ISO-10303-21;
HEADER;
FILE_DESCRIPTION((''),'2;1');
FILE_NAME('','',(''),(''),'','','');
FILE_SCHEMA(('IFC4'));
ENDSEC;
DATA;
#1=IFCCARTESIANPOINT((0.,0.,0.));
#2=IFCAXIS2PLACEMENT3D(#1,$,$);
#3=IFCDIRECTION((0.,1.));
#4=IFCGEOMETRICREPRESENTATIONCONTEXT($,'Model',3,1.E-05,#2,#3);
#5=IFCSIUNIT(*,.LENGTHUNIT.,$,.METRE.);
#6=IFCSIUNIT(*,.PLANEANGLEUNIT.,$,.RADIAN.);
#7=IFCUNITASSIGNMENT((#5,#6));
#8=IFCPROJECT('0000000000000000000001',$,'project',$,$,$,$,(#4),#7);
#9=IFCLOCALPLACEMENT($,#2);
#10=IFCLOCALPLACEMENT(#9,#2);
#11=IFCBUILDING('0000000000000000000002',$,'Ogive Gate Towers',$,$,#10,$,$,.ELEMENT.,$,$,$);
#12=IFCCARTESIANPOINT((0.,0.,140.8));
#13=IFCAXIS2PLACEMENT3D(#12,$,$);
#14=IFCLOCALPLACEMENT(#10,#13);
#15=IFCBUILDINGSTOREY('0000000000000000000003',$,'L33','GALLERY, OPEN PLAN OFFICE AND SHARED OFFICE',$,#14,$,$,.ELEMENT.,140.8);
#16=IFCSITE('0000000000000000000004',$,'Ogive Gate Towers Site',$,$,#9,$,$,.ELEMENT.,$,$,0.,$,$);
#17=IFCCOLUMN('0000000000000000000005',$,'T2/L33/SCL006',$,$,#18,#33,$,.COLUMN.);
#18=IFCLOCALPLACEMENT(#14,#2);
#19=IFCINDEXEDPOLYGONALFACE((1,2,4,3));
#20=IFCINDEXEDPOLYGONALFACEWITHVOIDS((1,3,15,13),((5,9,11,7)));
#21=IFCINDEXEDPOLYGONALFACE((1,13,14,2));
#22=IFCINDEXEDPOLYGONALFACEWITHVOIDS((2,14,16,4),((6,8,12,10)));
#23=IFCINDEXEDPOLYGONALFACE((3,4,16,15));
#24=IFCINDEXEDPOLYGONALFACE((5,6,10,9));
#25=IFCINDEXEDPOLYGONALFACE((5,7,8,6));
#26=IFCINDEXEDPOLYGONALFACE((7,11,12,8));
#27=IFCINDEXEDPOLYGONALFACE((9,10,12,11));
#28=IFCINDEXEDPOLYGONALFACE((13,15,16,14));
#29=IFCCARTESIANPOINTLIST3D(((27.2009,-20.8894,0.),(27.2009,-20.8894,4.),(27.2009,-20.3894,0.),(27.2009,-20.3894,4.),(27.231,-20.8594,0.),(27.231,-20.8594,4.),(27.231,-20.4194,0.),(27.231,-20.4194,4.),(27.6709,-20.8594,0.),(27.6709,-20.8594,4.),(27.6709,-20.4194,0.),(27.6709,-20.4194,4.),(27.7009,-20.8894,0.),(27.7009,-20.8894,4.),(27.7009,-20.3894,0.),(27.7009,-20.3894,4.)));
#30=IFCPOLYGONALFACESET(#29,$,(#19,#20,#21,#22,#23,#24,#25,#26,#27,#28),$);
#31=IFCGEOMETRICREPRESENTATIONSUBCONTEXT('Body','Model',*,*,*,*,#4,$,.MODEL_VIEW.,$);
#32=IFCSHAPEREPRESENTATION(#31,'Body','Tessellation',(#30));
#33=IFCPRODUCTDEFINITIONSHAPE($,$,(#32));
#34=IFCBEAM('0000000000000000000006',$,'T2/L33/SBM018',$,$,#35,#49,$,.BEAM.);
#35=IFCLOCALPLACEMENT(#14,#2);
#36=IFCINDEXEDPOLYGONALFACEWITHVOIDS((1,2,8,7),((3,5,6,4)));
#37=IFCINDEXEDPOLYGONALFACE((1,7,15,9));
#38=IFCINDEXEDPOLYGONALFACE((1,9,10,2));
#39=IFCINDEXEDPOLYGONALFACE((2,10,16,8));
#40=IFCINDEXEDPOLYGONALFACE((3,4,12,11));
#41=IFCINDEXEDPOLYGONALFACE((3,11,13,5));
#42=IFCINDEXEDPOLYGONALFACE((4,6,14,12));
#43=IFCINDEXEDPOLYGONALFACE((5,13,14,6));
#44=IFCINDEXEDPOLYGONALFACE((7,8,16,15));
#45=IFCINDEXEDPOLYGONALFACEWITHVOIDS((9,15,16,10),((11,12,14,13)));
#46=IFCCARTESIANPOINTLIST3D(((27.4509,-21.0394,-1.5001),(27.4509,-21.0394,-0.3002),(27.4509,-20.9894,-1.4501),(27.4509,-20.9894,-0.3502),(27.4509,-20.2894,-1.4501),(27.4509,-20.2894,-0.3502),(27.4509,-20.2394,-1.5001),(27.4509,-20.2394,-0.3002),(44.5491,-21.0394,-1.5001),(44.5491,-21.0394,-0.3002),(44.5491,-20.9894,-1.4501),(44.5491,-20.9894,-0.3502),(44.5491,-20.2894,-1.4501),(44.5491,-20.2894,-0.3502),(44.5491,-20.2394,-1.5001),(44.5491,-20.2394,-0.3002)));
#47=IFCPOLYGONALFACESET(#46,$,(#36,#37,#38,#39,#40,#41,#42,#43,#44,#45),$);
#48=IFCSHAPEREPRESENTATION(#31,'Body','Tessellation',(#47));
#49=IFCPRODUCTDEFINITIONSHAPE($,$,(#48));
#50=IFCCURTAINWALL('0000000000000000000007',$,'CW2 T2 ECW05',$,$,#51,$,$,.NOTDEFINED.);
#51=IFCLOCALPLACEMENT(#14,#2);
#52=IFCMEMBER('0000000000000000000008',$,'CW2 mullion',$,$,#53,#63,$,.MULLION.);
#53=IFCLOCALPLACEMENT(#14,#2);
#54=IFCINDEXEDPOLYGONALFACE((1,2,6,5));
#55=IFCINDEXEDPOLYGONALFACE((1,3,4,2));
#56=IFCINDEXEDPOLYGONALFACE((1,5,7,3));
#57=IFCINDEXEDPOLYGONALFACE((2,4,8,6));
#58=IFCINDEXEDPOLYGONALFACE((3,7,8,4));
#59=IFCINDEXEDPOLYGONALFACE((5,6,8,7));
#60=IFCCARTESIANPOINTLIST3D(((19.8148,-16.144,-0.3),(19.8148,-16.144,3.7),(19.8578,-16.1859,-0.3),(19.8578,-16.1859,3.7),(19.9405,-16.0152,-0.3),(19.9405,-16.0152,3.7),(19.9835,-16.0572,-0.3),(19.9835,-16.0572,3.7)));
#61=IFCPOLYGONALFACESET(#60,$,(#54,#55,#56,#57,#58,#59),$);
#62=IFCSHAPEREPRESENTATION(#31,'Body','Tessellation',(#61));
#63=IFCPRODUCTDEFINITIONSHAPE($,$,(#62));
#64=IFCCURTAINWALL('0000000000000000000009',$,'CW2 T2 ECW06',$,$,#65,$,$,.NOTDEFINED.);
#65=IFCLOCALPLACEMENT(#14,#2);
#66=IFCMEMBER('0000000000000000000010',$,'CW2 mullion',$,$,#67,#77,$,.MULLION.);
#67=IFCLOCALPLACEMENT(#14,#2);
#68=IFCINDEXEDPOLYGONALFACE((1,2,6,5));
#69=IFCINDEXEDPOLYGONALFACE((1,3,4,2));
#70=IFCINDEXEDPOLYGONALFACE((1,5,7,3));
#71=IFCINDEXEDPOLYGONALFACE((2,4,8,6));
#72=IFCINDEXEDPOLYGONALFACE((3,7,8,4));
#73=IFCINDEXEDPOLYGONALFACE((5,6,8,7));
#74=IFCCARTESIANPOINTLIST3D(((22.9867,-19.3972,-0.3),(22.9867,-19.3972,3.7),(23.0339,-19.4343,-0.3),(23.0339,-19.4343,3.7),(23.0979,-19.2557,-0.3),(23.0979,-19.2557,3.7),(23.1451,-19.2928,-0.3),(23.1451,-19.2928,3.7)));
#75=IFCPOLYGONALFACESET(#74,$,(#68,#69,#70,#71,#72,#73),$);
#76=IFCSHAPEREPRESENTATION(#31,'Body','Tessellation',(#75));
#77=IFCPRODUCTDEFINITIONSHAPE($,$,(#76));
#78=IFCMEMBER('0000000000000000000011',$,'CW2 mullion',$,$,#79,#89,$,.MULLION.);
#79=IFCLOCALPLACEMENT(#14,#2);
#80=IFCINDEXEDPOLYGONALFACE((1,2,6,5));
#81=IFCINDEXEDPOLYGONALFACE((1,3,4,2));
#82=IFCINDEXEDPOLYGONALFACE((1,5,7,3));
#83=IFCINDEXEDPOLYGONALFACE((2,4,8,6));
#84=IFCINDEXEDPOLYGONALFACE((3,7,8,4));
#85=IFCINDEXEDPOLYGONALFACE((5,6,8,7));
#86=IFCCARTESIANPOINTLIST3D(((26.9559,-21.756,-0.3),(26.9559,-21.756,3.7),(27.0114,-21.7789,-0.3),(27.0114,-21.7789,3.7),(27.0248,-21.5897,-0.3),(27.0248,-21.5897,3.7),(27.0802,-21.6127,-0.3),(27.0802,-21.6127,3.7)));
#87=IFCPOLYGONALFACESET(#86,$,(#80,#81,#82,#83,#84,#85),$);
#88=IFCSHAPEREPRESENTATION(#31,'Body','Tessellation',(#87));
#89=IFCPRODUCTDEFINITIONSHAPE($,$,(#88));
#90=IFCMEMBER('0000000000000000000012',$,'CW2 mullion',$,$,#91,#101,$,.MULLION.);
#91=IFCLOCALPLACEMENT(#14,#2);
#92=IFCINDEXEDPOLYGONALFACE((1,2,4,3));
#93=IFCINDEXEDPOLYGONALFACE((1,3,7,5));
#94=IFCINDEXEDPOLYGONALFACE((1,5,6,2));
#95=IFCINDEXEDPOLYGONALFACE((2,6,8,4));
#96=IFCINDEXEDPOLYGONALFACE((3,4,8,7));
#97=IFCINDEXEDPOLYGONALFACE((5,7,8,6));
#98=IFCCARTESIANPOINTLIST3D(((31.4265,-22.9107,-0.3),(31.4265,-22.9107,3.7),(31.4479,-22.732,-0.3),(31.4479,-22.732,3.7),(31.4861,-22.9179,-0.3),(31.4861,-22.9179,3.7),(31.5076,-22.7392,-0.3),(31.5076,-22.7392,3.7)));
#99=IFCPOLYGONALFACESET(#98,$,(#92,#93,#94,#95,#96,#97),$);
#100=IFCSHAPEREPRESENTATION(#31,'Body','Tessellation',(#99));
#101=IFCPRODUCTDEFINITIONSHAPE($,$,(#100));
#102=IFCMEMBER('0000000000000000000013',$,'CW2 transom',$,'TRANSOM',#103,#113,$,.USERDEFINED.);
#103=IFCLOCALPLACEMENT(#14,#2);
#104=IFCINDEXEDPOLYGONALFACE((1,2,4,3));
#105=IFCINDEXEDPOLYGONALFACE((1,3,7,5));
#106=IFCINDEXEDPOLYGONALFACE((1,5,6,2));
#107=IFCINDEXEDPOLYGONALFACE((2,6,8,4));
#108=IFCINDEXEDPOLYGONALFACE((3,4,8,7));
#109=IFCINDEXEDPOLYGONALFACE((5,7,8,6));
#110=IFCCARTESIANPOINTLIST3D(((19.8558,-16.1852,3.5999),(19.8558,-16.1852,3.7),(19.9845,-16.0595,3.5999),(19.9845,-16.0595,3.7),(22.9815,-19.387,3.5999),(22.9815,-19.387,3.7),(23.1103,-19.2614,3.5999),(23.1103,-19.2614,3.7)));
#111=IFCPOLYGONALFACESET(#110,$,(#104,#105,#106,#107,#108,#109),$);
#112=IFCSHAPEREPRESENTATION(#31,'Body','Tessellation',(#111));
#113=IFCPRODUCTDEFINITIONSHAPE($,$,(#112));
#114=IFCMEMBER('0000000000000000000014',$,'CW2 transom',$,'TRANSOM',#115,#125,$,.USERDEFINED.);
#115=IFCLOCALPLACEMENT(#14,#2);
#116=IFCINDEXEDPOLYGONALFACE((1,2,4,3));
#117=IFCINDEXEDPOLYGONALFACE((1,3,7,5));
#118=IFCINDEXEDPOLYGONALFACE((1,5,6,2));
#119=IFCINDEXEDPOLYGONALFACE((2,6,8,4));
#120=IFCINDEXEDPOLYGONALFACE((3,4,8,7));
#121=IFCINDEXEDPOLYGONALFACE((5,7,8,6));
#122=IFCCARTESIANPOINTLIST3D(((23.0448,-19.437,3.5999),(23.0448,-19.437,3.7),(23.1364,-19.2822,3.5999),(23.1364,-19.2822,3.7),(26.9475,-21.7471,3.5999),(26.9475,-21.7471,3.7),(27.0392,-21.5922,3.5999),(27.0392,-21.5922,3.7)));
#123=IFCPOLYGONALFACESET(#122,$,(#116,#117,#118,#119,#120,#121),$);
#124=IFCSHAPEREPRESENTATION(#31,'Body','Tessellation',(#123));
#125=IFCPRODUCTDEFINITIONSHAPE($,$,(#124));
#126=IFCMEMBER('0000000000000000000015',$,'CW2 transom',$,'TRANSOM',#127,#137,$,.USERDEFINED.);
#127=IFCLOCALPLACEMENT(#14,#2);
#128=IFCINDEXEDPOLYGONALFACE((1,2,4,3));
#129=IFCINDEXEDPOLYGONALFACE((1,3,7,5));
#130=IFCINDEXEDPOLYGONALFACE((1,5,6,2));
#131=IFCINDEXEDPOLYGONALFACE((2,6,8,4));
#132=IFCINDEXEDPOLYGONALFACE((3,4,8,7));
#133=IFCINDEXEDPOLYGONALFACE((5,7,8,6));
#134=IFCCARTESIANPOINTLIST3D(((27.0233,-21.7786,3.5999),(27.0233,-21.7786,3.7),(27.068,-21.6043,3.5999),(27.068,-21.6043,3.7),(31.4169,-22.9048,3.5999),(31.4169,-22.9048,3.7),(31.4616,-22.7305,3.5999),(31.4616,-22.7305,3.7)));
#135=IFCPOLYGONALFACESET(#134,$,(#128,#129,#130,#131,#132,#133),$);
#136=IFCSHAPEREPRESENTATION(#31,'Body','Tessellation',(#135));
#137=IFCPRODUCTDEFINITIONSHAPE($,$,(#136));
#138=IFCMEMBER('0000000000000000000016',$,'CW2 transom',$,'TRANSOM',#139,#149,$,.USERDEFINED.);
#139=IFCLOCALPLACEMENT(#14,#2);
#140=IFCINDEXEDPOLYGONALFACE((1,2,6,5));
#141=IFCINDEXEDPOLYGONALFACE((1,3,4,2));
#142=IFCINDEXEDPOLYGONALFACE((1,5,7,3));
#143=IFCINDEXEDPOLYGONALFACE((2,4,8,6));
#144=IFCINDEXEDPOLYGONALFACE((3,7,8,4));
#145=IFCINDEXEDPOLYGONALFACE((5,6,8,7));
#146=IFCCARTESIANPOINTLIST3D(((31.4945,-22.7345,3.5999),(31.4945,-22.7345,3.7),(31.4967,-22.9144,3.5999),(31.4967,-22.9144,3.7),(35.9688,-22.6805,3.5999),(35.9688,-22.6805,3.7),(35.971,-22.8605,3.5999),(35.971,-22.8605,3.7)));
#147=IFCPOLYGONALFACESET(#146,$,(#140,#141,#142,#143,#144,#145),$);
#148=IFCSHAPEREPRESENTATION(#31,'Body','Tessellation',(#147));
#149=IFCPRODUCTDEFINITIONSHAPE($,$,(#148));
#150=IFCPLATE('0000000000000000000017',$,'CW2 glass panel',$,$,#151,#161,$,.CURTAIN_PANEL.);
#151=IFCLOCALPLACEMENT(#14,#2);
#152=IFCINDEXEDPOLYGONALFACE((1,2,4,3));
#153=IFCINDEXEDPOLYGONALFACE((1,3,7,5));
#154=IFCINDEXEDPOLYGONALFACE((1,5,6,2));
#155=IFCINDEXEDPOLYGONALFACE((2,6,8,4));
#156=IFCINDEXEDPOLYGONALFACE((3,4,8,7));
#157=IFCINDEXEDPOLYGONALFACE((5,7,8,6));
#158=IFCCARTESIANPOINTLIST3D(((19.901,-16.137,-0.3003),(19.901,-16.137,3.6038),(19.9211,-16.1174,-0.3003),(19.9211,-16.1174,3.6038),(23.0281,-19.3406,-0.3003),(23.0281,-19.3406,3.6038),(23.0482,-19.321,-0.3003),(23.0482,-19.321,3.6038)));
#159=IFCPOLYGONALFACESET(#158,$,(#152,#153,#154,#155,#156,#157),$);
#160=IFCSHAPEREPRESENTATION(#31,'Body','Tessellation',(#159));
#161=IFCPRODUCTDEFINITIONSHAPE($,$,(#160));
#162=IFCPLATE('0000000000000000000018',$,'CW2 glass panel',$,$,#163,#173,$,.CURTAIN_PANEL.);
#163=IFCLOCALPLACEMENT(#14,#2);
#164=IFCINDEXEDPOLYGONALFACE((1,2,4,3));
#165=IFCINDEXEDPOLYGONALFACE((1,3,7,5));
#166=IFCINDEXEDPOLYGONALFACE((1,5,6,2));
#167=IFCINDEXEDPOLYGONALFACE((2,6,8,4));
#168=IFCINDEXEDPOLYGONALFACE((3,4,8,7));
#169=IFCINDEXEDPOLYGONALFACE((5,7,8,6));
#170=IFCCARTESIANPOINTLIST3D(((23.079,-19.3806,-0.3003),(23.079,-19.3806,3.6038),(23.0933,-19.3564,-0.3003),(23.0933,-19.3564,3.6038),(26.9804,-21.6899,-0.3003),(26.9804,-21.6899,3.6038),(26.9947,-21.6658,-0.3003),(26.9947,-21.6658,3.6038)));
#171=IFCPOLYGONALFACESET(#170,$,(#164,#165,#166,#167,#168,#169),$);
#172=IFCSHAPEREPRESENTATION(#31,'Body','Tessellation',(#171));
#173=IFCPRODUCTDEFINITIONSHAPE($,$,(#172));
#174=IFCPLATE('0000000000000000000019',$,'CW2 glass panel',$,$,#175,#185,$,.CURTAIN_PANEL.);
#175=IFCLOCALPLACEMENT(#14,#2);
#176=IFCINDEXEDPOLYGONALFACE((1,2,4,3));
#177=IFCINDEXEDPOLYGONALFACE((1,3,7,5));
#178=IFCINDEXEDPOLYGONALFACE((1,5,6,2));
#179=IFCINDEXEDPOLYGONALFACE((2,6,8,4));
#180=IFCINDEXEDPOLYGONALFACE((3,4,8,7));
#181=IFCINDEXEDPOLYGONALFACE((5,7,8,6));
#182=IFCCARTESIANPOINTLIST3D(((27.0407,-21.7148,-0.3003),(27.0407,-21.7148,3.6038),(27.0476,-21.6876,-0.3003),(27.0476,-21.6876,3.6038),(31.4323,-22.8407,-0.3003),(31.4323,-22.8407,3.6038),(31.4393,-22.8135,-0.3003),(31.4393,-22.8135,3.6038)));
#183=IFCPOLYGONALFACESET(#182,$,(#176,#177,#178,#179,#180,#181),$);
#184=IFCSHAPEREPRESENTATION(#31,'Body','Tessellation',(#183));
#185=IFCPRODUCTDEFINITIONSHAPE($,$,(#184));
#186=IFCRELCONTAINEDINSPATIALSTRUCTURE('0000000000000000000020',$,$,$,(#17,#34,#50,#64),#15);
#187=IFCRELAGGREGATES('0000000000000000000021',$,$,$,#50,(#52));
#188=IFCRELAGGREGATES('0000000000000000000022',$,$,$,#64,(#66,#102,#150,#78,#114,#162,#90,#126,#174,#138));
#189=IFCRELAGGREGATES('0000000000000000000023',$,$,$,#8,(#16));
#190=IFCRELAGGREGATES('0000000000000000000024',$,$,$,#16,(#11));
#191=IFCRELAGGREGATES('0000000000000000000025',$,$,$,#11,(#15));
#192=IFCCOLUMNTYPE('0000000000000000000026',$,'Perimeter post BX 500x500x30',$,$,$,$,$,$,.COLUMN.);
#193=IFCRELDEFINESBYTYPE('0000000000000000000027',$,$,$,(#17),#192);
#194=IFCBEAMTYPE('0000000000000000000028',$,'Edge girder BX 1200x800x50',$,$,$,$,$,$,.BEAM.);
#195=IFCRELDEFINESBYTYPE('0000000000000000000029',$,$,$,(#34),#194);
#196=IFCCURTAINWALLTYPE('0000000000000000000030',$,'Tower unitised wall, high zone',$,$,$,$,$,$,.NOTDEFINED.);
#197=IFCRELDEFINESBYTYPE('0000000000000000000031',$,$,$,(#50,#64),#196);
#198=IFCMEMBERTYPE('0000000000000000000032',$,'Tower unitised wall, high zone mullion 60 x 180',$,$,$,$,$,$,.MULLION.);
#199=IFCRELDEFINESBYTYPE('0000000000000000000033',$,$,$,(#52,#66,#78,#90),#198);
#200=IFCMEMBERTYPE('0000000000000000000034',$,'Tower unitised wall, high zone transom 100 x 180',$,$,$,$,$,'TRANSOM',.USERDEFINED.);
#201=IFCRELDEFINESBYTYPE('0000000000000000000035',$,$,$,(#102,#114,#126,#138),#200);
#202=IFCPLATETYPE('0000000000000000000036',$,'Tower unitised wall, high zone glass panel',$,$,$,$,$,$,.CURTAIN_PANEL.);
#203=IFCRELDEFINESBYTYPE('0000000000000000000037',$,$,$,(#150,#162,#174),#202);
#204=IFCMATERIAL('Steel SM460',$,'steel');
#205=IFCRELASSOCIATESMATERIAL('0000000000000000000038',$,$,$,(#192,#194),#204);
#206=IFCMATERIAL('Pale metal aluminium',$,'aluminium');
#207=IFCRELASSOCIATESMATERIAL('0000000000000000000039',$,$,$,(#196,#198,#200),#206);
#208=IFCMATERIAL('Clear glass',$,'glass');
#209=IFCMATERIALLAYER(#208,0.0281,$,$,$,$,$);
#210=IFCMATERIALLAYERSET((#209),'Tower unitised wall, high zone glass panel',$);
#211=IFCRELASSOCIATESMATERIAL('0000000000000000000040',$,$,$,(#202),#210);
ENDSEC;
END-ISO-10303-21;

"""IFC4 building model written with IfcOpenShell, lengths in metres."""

from ifc_helpers import new_model, si_unit, direction, frame, origin, origin_2d, place, context, subcontext, project, spatial, rectangle, hollow_rectangle, extrude, material, layer, layer_set, material_profile, profile_set, type_object, element, aggregate, save


model = new_model("IFC4")

# Units and contexts
model_context = context("Model", 3, precision=1e-05, world=origin(), true_north=direction((0.0, 1.0)))
body_context = subcontext(model_context, "Body", "Model", "MODEL_VIEW")
ifc_project = project(units=[si_unit("LENGTHUNIT", "METRE"), si_unit("PLANEANGLEUNIT", "RADIAN")], contexts=[model_context])

# Site, building, storey
site_placement = place(None, origin())
site = spatial("IfcSite", under=ifc_project, at=site_placement, Name="Ogive Gate Towers Site", CompositionType="ELEMENT", RefElevation=0.0)
building_placement = place(site_placement, origin())
building = spatial("IfcBuilding", under=site, at=building_placement, Name="Ogive Gate Towers", CompositionType="ELEMENT")
storey_placement = place(building_placement, frame((0.0, 0.0, 140.8)))
storey = spatial("IfcBuildingStorey", under=building, at=storey_placement, Name="L33", Description="GALLERY, OPEN PLAN OFFICE AND SHARED OFFICE", CompositionType="ELEMENT", Elevation=140.8)

# Column
ifc_material_1 = material(Name="Steel SM460", Category="steel")
ifc_material_profile_1 = material_profile(ifc_material_1, hollow_rectangle(XDim=0.5, YDim=0.5, WallThickness=0.03, at=origin_2d()), Name="BX 500x500x30")
ifc_profile_set_1 = profile_set([ifc_material_profile_1], Name="Steel SM460")
column_type = type_object("IfcColumnType", Name="Perimeter post BX 500x500x30", PredefinedType="COLUMN", material=ifc_profile_set_1)
column_placement = place(storey_placement, frame((27.4509, -20.6394, 0.0), z_axis=(0.0, 0.0, 1.0), x_axis=(1.0, 0.0, 0.0)))
element("IfcColumn", 1, at=column_placement, inside=storey, type_object=column_type, Name="T2/L33/SCL006", PredefinedType="COLUMN", context=body_context, shape_type="SweptSolid", body=[
    extrude(hollow_rectangle(XDim=0.5, YDim=0.5, WallThickness=0.03, at=origin_2d()), origin(), (0.0, 0.0, 1.0), 4.0),
])

# Beam
ifc_material_profile_2 = material_profile(ifc_material_1, hollow_rectangle(XDim=0.8, YDim=1.2, WallThickness=0.05, at=origin_2d()), Name="BX 1200x800x50")
ifc_profile_set_2 = profile_set([ifc_material_profile_2], Name="Steel SM460")
beam_type = type_object("IfcBeamType", Name="Edge girder BX 1200x800x50", PredefinedType="BEAM", material=ifc_profile_set_2)
beam_placement = place(storey_placement, frame((27.4509, -20.6394, -0.9001), z_axis=(1.0, 0.0, 0.0), x_axis=(0.0, 1.0, 0.0)))
element("IfcBeam", 2, at=beam_placement, inside=storey, type_object=beam_type, Name="T2/L33/SBM018", PredefinedType="BEAM", context=body_context, shape_type="SweptSolid", body=[
    extrude(hollow_rectangle(XDim=0.8, YDim=1.2, WallThickness=0.05, at=origin_2d()), origin(), (0.0, 0.0, 1.0), 17.0981),
])

# Curtain wall, member
ifc_material_2 = material(Name="Pale metal aluminium", Category="aluminium")
curtain_wall_type = type_object("IfcCurtainWallType", Name="Tower unitised wall, high zone", PredefinedType="NOTDEFINED", material=ifc_material_2)
curtain_wall_1_placement = place(storey_placement, origin())
curtain_wall_1 = element("IfcCurtainWall", 3, at=curtain_wall_1_placement, inside=storey, type_object=curtain_wall_type, Name="CW2 T2 ECW05", PredefinedType="NOTDEFINED")
ifc_material_profile_3 = material_profile(ifc_material_2, rectangle(XDim=0.1799, YDim=0.0601, at=origin_2d()), Name="60 x 180 aluminium box")
ifc_profile_set_3 = profile_set([ifc_material_profile_3], Name="Pale metal aluminium")
member_type_1 = type_object("IfcMemberType", Name="Tower unitised wall, high zone mullion 60 x 180", PredefinedType="MULLION", material=ifc_profile_set_3)
member_1_placement = place(storey_placement, frame((19.8992, -16.1006, -0.3), z_axis=(0.0, 0.0, 1.0), x_axis=(-0.698515, -0.715595, 0.0)))
member_1 = element("IfcMember", 4, at=member_1_placement, type_object=member_type_1, Name="CW2 mullion", PredefinedType="MULLION", context=body_context, shape_type="SweptSolid", body=[
    extrude(rectangle(XDim=0.1799, YDim=0.0601, at=origin_2d()), origin(), (0.0, 0.0, 1.0), 4.0),
])
aggregate(curtain_wall_1, [member_1])

# Curtain wall, members, plates
curtain_wall_2_placement = place(storey_placement, origin())
curtain_wall_2 = element("IfcCurtainWall", 5, at=curtain_wall_2_placement, inside=storey, type_object=curtain_wall_type, Name="CW2 T2 ECW06", PredefinedType="NOTDEFINED")
member_2_placement = place(storey_placement, frame((23.0659, -19.345, -0.3), z_axis=(0.0, 0.0, 1.0), x_axis=(-0.617818, -0.786321, 0.0)))
member_2 = element("IfcMember", 6, at=member_2_placement, type_object=member_type_1, Name="CW2 mullion", PredefinedType="MULLION", context=body_context, shape_type="SweptSolid", body=[
    extrude(rectangle(XDim=0.1799, YDim=0.0601, at=origin_2d()), origin(), (0.0, 0.0, 1.0), 4.0),
])
member_3_placement = place(storey_placement, frame((27.0181, -21.6843, -0.3), z_axis=(0.0, 0.0, 1.0), x_axis=(-0.382683, -0.92388, 0.0)))
member_3 = element("IfcMember", 7, at=member_3_placement, type_object=member_type_1, Name="CW2 mullion", PredefinedType="MULLION", context=body_context, shape_type="SweptSolid", body=[
    extrude(rectangle(XDim=0.1799, YDim=0.0601, at=origin_2d()), origin(), (0.0, 0.0, 1.0), 4.0),
])
member_4_placement = place(storey_placement, frame((31.467, -22.825, -0.3), z_axis=(0.0, 0.0, 1.0), x_axis=(-0.119149, -0.992876, 0.0)))
member_4 = element("IfcMember", 8, at=member_4_placement, type_object=member_type_1, Name="CW2 mullion", PredefinedType="MULLION", context=body_context, shape_type="SweptSolid", body=[
    extrude(rectangle(XDim=0.1799, YDim=0.0601, at=origin_2d()), origin(), (0.0, 0.0, 1.0), 4.0),
])
ifc_material_profile_4 = material_profile(ifc_material_2, rectangle(XDim=0.1799, YDim=0.1001, at=origin_2d()), Name="100 x 180 aluminium box")
ifc_profile_set_4 = profile_set([ifc_material_profile_4], Name="Pale metal aluminium")
member_type_2 = type_object("IfcMemberType", Name="Tower unitised wall, high zone transom 100 x 180", ElementType="TRANSOM", PredefinedType="USERDEFINED", material=ifc_profile_set_4)
member_5_placement = place(storey_placement, frame((19.9202, -16.1223, 3.6499), z_axis=(0.698544, -0.715567, 0.0), x_axis=(0.715567, 0.698544, 0.0)))
member_5 = element("IfcMember", 9, at=member_5_placement, type_object=member_type_2, Name="CW2 transom", ObjectType="TRANSOM", PredefinedType="USERDEFINED", context=body_context, shape_type="SweptSolid", body=[
    extrude(rectangle(XDim=0.1799, YDim=0.1001, at=origin_2d()), origin(), (0.0, 0.0, 1.0), 4.4746),
])
member_6_placement = place(storey_placement, frame((23.0906, -19.3596, 3.6499), z_axis=(0.860555, -0.509357, 0.0), x_axis=(0.509357, 0.860555, 0.0)))
member_6 = element("IfcMember", 10, at=member_6_placement, type_object=member_type_2, Name="CW2 transom", ObjectType="TRANSOM", PredefinedType="USERDEFINED", context=body_context, shape_type="SweptSolid", body=[
    extrude(rectangle(XDim=0.1799, YDim=0.1001, at=origin_2d()), origin(), (0.0, 0.0, 1.0), 4.5352),
])
member_7_placement = place(storey_placement, frame((27.0457, -21.6914, 3.6499), z_axis=(0.968681, -0.248307, 0.0), x_axis=(0.248307, 0.968681, 0.0)))
member_7 = element("IfcMember", 11, at=member_7_placement, type_object=member_type_2, Name="CW2 transom", ObjectType="TRANSOM", PredefinedType="USERDEFINED", context=body_context, shape_type="SweptSolid", body=[
    extrude(rectangle(XDim=0.1799, YDim=0.1001, at=origin_2d()), origin(), (0.0, 0.0, 1.0), 4.5356),
])
member_8_placement = place(storey_placement, frame((31.4956, -22.8245, 3.6499), z_axis=(0.999927, 0.012058, 0.0), x_axis=(-0.012058, 0.999927, 0.0)))
member_8 = element("IfcMember", 12, at=member_8_placement, type_object=member_type_2, Name="CW2 transom", ObjectType="TRANSOM", PredefinedType="USERDEFINED", context=body_context, shape_type="SweptSolid", body=[
    extrude(rectangle(XDim=0.1799, YDim=0.1001, at=origin_2d()), origin(), (0.0, 0.0, 1.0), 4.4746),
])
ifc_material_3 = material(Name="Clear glass", Category="glass")
ifc_layer_1 = layer(ifc_material_3, 0.0281)
ifc_layer_set_1 = layer_set([ifc_layer_1], Name="Tower unitised wall, high zone glass panel")
plate_type = type_object("IfcPlateType", Name="Tower unitised wall, high zone glass panel", PredefinedType="CURTAIN_PANEL", material=ifc_layer_set_1)
plate_1_placement = place(storey_placement, frame((21.4746, -17.729, -0.3003), z_axis=(0.0, 0.0, 1.0), x_axis=(0.698515, -0.715595, 0.0)))
plate_1 = element("IfcPlate", 13, at=plate_1_placement, type_object=plate_type, Name="CW2 glass panel", PredefinedType="CURTAIN_PANEL", context=body_context, shape_type="SweptSolid", body=[
    extrude(rectangle(XDim=4.4768, YDim=0.0281, at=origin_2d()), origin(), (0.0, 0.0, 1.0), 3.9041),
])
plate_2_placement = place(storey_placement, frame((25.0369, -20.5232, -0.3003), z_axis=(0.0, 0.0, 1.0), x_axis=(0.860547, -0.509372, 0.0)))
plate_2 = element("IfcPlate", 14, at=plate_2_placement, type_object=plate_type, Name="CW2 glass panel", PredefinedType="CURTAIN_PANEL", context=body_context, shape_type="SweptSolid", body=[
    extrude(rectangle(XDim=4.5337, YDim=0.0281, at=origin_2d()), origin(), (0.0, 0.0, 1.0), 3.9041),
])
plate_3_placement = place(storey_placement, frame((29.24, -22.2642, -0.3003), z_axis=(0.0, 0.0, 1.0), x_axis=(0.968674, -0.248335, 0.0)))
plate_3 = element("IfcPlate", 15, at=plate_3_placement, type_object=plate_type, Name="CW2 glass panel", PredefinedType="CURTAIN_PANEL", context=body_context, shape_type="SweptSolid", body=[
    extrude(rectangle(XDim=4.5337, YDim=0.0281, at=origin_2d()), origin(), (0.0, 0.0, 1.0), 3.9041),
])
aggregate(curtain_wall_2, [member_2, member_5, plate_1, member_3, member_6, plate_2, member_4, member_7, plate_3, member_8])

save(model, "model.ifc")
